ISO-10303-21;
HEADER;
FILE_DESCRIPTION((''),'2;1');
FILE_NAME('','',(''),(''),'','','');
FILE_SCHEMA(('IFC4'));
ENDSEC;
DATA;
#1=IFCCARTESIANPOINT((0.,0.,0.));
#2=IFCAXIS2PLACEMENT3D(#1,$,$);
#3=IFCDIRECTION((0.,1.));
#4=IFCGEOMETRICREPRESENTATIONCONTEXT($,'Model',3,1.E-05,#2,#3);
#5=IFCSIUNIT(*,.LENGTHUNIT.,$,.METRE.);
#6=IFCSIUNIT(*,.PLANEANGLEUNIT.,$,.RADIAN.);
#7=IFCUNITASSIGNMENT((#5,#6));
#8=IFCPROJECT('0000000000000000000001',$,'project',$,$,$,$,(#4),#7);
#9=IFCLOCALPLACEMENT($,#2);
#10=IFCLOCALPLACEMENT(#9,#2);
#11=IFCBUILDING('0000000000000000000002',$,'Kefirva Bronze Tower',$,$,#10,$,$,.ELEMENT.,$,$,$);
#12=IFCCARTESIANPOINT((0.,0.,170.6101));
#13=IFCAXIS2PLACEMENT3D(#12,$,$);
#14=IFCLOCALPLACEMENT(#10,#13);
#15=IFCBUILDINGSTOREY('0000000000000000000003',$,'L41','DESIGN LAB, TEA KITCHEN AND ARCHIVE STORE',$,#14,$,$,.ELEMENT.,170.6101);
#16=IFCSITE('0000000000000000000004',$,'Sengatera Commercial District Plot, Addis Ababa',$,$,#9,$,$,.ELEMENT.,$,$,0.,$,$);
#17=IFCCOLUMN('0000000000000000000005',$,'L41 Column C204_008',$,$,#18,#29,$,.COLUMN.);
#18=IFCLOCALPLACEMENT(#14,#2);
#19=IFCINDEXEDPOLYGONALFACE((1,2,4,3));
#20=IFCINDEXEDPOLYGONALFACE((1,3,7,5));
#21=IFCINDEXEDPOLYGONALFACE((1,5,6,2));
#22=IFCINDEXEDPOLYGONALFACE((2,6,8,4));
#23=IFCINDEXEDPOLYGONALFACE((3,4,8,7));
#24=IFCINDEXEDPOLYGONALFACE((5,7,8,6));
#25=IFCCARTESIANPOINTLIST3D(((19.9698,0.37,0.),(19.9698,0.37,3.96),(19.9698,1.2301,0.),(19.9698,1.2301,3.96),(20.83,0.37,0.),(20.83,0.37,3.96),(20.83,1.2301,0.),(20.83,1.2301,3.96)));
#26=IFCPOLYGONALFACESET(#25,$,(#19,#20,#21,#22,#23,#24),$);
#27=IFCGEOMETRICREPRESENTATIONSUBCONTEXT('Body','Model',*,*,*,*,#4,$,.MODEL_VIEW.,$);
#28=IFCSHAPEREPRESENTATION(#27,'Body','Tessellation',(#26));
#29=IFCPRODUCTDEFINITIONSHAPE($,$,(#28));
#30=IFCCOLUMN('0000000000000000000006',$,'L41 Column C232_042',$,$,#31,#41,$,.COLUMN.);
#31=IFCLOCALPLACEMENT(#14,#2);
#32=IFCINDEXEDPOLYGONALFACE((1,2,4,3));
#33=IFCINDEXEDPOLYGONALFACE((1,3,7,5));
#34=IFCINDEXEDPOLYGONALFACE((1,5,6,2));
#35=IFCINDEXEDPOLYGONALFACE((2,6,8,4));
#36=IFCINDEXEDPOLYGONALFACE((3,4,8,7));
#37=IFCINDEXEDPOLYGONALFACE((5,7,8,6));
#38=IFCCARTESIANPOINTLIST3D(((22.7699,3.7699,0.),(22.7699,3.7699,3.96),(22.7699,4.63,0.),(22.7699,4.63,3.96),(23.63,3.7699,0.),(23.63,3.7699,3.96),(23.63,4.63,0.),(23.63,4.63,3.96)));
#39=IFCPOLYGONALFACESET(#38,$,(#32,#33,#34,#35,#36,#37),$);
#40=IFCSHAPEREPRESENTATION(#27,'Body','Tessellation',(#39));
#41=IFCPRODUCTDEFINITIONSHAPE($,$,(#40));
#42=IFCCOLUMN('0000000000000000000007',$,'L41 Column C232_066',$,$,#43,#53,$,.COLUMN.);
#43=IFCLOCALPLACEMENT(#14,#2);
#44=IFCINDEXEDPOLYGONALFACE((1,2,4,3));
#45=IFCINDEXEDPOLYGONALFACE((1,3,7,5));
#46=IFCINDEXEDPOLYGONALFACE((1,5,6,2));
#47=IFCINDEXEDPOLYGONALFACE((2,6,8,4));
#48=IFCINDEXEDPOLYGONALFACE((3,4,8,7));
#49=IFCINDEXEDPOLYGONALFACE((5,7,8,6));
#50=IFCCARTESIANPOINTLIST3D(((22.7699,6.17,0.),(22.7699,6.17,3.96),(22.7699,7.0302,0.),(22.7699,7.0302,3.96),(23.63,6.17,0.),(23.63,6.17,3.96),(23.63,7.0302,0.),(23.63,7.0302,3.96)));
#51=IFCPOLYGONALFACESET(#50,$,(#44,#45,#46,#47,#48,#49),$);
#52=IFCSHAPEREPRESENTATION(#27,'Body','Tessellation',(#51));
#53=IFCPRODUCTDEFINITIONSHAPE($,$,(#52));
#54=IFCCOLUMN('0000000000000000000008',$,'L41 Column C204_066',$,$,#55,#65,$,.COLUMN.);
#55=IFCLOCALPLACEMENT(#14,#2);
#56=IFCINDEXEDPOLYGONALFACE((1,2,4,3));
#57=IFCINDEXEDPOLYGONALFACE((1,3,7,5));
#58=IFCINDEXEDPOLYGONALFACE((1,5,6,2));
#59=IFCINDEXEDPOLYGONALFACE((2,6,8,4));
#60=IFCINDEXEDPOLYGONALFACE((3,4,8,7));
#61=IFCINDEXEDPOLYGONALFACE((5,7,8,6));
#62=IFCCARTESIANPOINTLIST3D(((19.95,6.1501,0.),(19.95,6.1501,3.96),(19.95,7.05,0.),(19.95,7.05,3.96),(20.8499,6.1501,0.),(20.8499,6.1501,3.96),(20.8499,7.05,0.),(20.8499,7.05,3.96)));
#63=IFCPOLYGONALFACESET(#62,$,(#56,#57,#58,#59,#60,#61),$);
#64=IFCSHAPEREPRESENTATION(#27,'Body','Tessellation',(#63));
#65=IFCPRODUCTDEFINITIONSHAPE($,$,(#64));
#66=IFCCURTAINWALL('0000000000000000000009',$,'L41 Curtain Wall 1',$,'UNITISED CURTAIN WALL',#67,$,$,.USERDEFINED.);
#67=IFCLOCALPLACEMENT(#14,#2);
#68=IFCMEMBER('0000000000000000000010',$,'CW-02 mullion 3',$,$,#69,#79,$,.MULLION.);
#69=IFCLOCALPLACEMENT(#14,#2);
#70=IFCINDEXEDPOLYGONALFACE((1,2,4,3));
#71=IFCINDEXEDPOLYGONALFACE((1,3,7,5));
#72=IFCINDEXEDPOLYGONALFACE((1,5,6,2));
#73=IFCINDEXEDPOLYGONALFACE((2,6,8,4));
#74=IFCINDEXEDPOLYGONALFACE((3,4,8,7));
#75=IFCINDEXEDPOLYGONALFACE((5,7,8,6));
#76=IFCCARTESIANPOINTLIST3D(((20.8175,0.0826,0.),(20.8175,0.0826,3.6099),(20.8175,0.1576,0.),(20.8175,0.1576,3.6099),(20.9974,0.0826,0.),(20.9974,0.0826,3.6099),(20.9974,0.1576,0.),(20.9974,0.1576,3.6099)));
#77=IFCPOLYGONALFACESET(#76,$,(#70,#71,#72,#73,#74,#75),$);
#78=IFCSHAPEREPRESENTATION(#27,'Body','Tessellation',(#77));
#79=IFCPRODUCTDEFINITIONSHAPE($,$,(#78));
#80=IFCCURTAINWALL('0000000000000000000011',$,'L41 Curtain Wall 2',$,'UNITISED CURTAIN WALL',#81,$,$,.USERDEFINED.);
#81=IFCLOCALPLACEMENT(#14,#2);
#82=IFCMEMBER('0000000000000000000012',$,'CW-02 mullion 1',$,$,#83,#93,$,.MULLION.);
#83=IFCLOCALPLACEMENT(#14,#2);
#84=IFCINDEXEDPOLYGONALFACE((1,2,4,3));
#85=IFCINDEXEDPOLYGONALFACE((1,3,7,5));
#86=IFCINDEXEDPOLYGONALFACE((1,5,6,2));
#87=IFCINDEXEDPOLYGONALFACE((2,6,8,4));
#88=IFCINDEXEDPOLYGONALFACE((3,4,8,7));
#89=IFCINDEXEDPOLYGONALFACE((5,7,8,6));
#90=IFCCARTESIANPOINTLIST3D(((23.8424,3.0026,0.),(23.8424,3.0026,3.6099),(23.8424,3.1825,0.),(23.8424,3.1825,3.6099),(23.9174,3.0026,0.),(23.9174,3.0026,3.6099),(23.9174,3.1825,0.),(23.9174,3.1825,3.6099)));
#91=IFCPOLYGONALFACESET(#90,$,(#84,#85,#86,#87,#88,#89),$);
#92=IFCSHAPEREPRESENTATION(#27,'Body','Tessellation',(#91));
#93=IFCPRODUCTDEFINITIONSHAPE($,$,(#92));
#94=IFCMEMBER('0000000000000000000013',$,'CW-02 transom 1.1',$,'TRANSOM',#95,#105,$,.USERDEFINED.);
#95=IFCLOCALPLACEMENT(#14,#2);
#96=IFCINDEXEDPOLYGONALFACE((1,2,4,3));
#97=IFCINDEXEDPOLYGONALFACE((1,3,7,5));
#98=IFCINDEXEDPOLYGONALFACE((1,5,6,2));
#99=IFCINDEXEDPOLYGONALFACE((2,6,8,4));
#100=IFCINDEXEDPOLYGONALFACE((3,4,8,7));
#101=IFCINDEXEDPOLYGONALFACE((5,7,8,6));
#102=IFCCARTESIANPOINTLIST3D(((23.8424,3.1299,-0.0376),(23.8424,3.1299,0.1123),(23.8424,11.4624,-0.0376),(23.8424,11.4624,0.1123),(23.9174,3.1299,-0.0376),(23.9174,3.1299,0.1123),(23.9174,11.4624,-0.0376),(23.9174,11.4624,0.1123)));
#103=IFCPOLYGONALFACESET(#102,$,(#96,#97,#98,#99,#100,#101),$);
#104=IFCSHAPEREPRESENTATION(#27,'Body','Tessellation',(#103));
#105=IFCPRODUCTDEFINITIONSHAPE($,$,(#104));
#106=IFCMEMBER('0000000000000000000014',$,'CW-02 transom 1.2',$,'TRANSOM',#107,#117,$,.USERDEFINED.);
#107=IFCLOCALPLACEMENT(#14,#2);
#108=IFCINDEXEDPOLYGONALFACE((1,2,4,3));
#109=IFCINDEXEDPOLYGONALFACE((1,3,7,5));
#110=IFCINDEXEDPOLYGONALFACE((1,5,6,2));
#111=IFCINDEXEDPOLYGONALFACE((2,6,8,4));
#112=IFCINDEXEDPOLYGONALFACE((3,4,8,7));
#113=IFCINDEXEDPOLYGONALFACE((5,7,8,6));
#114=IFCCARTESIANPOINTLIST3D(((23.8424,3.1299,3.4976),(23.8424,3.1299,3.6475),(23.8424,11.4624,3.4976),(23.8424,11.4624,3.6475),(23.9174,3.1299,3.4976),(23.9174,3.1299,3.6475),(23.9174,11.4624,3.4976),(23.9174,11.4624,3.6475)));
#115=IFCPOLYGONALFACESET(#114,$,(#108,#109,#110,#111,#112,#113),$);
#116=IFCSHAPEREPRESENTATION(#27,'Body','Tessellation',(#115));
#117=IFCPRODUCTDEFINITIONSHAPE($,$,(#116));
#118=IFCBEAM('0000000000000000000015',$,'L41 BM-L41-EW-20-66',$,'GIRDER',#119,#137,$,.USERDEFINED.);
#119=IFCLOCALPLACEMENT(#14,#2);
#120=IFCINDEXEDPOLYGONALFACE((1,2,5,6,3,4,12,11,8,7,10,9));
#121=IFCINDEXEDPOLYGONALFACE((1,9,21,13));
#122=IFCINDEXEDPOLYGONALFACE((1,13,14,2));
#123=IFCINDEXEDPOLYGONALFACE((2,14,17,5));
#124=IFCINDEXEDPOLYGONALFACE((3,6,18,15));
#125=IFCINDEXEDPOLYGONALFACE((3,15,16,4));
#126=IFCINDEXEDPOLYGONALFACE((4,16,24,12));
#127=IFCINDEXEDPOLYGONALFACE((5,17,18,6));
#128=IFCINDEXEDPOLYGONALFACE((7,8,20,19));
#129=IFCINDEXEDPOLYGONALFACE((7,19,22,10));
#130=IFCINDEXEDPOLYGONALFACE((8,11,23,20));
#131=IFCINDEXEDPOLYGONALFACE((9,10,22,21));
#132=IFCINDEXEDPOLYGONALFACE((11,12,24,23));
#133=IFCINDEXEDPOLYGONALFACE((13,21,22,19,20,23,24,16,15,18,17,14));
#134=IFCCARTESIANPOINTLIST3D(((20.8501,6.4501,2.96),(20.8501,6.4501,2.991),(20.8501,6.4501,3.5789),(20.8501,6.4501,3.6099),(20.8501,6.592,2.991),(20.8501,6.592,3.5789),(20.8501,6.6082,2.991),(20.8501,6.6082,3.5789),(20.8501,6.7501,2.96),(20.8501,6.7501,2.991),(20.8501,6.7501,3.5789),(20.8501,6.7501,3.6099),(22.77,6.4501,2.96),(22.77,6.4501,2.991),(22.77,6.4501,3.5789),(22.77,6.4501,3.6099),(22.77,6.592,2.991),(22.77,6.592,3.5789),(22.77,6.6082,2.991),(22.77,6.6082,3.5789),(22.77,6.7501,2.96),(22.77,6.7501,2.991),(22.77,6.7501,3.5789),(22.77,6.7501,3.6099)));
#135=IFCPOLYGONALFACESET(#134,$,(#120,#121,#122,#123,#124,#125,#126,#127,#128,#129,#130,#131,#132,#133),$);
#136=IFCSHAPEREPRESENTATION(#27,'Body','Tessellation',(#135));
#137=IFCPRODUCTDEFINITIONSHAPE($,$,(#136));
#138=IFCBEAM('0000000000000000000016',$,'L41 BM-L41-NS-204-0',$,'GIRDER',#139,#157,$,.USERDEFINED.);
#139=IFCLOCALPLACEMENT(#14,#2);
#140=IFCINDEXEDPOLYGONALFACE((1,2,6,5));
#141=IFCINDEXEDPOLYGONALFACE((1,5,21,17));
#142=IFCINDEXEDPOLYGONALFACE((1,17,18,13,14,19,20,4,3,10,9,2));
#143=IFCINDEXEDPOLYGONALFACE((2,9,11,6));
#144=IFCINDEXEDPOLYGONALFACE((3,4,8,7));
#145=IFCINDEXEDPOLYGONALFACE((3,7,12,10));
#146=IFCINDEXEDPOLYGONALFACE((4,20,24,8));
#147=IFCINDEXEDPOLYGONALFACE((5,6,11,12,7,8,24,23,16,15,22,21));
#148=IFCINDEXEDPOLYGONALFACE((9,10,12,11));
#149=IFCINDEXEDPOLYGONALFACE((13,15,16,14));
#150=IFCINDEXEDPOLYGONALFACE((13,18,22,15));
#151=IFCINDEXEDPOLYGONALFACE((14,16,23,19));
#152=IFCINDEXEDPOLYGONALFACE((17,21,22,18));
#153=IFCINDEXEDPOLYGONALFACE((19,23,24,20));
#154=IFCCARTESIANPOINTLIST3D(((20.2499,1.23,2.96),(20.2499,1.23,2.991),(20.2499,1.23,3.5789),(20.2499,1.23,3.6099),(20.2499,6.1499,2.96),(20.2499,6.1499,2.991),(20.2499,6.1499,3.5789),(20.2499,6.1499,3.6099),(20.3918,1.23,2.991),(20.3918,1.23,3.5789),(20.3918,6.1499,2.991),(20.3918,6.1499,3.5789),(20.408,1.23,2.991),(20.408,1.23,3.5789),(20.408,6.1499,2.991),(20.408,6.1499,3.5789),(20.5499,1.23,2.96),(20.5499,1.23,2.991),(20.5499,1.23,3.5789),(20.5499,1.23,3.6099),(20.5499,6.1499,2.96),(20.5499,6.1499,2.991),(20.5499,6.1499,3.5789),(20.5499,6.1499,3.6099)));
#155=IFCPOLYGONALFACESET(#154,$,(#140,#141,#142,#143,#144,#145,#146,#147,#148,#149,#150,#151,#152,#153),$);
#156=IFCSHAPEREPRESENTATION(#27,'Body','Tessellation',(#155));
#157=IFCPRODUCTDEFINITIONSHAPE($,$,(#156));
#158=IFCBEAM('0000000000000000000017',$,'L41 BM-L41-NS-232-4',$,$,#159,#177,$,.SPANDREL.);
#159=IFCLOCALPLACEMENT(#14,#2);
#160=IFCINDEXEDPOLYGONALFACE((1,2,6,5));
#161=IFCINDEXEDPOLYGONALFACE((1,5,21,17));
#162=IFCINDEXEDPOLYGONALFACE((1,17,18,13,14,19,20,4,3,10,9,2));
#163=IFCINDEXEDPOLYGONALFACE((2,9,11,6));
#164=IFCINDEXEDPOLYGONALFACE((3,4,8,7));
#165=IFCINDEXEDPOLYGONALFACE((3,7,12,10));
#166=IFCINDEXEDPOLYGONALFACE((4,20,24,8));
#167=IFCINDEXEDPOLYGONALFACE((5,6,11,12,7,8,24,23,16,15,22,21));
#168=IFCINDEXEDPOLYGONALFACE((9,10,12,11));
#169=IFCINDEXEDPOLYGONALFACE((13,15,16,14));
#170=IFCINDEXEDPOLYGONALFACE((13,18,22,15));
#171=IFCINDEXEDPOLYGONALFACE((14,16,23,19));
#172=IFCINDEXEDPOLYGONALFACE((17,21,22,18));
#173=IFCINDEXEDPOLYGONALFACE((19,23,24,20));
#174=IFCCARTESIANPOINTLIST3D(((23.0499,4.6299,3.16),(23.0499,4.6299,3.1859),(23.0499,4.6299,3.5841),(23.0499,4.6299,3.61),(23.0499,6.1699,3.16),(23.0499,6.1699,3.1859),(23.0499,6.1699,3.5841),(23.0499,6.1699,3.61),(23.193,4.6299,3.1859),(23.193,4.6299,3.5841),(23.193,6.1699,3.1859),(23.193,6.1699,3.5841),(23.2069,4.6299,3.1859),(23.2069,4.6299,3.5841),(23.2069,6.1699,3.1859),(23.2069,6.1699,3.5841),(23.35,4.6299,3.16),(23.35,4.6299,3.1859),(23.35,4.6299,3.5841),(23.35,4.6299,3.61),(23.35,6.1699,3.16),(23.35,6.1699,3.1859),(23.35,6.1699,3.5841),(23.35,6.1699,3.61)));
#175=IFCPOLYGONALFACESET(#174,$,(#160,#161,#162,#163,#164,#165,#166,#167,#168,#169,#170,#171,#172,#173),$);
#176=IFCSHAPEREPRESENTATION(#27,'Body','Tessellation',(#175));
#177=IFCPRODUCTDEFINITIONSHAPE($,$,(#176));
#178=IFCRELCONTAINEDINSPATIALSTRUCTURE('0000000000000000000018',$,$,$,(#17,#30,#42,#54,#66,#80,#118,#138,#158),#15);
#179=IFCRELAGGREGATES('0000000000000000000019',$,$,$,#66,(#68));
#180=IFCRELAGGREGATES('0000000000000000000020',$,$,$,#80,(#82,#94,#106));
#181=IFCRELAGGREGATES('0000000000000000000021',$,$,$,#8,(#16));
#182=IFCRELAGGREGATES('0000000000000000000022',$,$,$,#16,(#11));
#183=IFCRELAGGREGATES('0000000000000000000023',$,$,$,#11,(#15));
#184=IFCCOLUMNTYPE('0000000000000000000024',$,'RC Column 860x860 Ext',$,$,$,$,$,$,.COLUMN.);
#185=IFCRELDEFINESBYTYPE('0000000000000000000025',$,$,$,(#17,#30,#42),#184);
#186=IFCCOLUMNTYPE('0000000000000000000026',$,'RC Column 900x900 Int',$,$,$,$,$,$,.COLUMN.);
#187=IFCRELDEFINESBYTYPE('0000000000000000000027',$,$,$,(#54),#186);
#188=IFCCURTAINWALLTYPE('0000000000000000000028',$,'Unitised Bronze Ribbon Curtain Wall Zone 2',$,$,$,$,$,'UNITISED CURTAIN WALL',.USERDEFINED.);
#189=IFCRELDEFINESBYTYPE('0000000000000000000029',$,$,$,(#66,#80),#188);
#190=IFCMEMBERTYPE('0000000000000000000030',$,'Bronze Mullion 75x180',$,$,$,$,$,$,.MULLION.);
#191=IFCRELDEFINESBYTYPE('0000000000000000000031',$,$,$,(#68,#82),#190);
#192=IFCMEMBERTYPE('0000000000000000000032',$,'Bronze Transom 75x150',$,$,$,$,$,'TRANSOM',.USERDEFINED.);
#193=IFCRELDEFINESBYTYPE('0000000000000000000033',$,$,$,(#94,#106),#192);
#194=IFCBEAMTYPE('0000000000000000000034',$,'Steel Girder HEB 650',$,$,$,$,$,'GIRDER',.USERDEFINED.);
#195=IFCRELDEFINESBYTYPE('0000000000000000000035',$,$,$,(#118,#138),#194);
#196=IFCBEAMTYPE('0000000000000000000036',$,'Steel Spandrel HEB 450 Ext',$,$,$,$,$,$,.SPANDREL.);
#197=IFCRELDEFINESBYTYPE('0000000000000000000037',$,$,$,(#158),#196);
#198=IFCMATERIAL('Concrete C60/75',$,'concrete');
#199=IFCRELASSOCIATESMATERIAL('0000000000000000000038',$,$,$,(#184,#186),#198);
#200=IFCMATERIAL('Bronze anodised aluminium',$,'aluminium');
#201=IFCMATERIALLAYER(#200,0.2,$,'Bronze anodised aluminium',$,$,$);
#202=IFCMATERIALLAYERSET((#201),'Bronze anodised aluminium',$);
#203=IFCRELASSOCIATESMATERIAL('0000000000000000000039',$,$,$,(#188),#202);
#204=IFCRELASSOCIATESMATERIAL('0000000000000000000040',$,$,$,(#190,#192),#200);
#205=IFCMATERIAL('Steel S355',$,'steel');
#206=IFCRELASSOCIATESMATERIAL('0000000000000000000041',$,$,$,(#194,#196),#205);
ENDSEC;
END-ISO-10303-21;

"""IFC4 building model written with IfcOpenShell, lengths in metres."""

from ifc_helpers import new_model, si_unit, direction, frame, origin, origin_2d, place, context, subcontext, project, spatial, rectangle, i_section, extrude, material, layer, layer_set, material_profile, profile_set, type_object, element, aggregate, save


model = new_model("IFC4")

# Units and contexts
model_context = context("Model", 3, precision=1e-05, world=origin(), true_north=direction((0.0, 1.0)))
body_context = subcontext(model_context, "Body", "Model", "MODEL_VIEW")
ifc_project = project(units=[si_unit("LENGTHUNIT", "METRE"), si_unit("PLANEANGLEUNIT", "RADIAN")], contexts=[model_context])

# Site, building, storey
site_placement = place(None, origin())
site = spatial("IfcSite", under=ifc_project, at=site_placement, Name="Sengatera Commercial District Plot, Addis Ababa", CompositionType="ELEMENT", RefElevation=0.0)
building_placement = place(site_placement, origin())
building = spatial("IfcBuilding", under=site, at=building_placement, Name="Kefirva Bronze Tower", CompositionType="ELEMENT")
storey_placement = place(building_placement, frame((0.0, 0.0, 170.6101)))
storey = spatial("IfcBuildingStorey", under=building, at=storey_placement, Name="L41", Description="DESIGN LAB, TEA KITCHEN AND ARCHIVE STORE", CompositionType="ELEMENT", Elevation=170.6101)

# Columns
ifc_material_1 = material(Name="Concrete C60/75", Category="concrete")
ifc_material_profile_1 = material_profile(ifc_material_1, rectangle(XDim=0.8601, YDim=0.8601, at=origin_2d()), Name="RC 860x860")
ifc_profile_set_1 = profile_set([ifc_material_profile_1], Name="Concrete C60/75")
column_type_1 = type_object("IfcColumnType", Name="RC Column 860x860 Ext", PredefinedType="COLUMN", material=ifc_profile_set_1)
for number, where, z_axis, x_axis, name in (
    (1, (20.3999, 0.8, 0.0), (0.0, 0.0, 1.0), (1.0, 0.0, 0.0), "L41 Column C204_008"),
    (2, (23.2, 4.2, 0.0), (0.0, 0.0, 1.0), (1.0, 0.0, 0.0), "L41 Column C232_042"),
    (3, (23.2, 6.6001, 0.0), (0.0, 0.0, 1.0), (1.0, 0.0, 0.0), "L41 Column C232_066"),
):
    element("IfcColumn", number, at=place(storey_placement, frame(where, z_axis=z_axis, x_axis=x_axis)), inside=storey, type_object=column_type_1, Name=name, PredefinedType="COLUMN", context=body_context, shape_type="SweptSolid", body=[
        extrude(rectangle(XDim=0.8601, YDim=0.8601, at=origin_2d()), origin(), (0.0, 0.0, 1.0), 3.96),
    ])
ifc_material_profile_2 = material_profile(ifc_material_1, rectangle(XDim=0.8999, YDim=0.8999, at=origin_2d()), Name="RC 900x900")
ifc_profile_set_2 = profile_set([ifc_material_profile_2], Name="Concrete C60/75")
column_type_2 = type_object("IfcColumnType", Name="RC Column 900x900 Int", PredefinedType="COLUMN", material=ifc_profile_set_2)
column_placement = place(storey_placement, frame((20.3999, 6.6001, 0.0), z_axis=(0.0, 0.0, 1.0), x_axis=(1.0, 0.0, 0.0)))
element("IfcColumn", 4, at=column_placement, inside=storey, type_object=column_type_2, Name="L41 Column C204_066", PredefinedType="COLUMN", context=body_context, shape_type="SweptSolid", body=[
    extrude(rectangle(XDim=0.8999, YDim=0.8999, at=origin_2d()), origin(), (0.0, 0.0, 1.0), 3.96),
])

# Curtain wall, member
ifc_material_2 = material(Name="Bronze anodised aluminium", Category="aluminium")
ifc_layer_1 = layer(ifc_material_2, 0.2, Name="Bronze anodised aluminium")
ifc_layer_set_1 = layer_set([ifc_layer_1], Name="Bronze anodised aluminium")
curtain_wall_type = type_object("IfcCurtainWallType", Name="Unitised Bronze Ribbon Curtain Wall Zone 2", ElementType="UNITISED CURTAIN WALL", PredefinedType="USERDEFINED", material=ifc_layer_set_1)
curtain_wall_1_placement = place(storey_placement, origin())
curtain_wall_1 = element("IfcCurtainWall", 5, at=curtain_wall_1_placement, inside=storey, type_object=curtain_wall_type, Name="L41 Curtain Wall 1", ObjectType="UNITISED CURTAIN WALL", PredefinedType="USERDEFINED")
ifc_material_profile_3 = material_profile(ifc_material_2, rectangle(XDim=0.075, YDim=0.1799, at=origin_2d()), Name="ALU 75x180")
ifc_profile_set_3 = profile_set([ifc_material_profile_3], Name="Bronze anodised aluminium")
member_type_1 = type_object("IfcMemberType", Name="Bronze Mullion 75x180", PredefinedType="MULLION", material=ifc_profile_set_3)
member_1_placement = place(storey_placement, frame((20.9075, 0.1201, 0.0), z_axis=(0.0, 0.0, 1.0), x_axis=(0.0, 1.0, 0.0)))
member_1 = element("IfcMember", 6, at=member_1_placement, type_object=member_type_1, Name="CW-02 mullion 3", PredefinedType="MULLION", context=body_context, shape_type="SweptSolid", body=[
    extrude(rectangle(XDim=0.075, YDim=0.1799, at=origin_2d()), origin(), (0.0, 0.0, 1.0), 3.6099),
])
aggregate(curtain_wall_1, [member_1])

# Curtain wall, members
curtain_wall_2_placement = place(storey_placement, origin())
curtain_wall_2 = element("IfcCurtainWall", 7, at=curtain_wall_2_placement, inside=storey, type_object=curtain_wall_type, Name="L41 Curtain Wall 2", ObjectType="UNITISED CURTAIN WALL", PredefinedType="USERDEFINED")
member_2_placement = place(storey_placement, frame((23.8799, 3.0925, 0.0), z_axis=(0.0, 0.0, 1.0), x_axis=(-1.0, 0.0, 0.0)))
member_2 = element("IfcMember", 8, at=member_2_placement, type_object=member_type_1, Name="CW-02 mullion 1", PredefinedType="MULLION", context=body_context, shape_type="SweptSolid", body=[
    extrude(rectangle(XDim=0.075, YDim=0.1799, at=origin_2d()), origin(), (0.0, 0.0, 1.0), 3.6099),
])
ifc_material_profile_4 = material_profile(ifc_material_2, rectangle(XDim=0.075, YDim=0.1499, at=origin_2d()), Name="ALU 75x150")
ifc_profile_set_4 = profile_set([ifc_material_profile_4], Name="Bronze anodised aluminium")
member_type_2 = type_object("IfcMemberType", Name="Bronze Transom 75x150", ElementType="TRANSOM", PredefinedType="USERDEFINED", material=ifc_profile_set_4)
member_3_placement = place(storey_placement, frame((23.8799, 3.1299, 0.0374), z_axis=(0.0, 1.0, 0.0), x_axis=(-1.0, 0.0, 0.0)))
member_3 = element("IfcMember", 9, at=member_3_placement, type_object=member_type_2, Name="CW-02 transom 1.1", ObjectType="TRANSOM", PredefinedType="USERDEFINED", context=body_context, shape_type="SweptSolid", body=[
    extrude(rectangle(XDim=0.075, YDim=0.1499, at=origin_2d()), origin(), (0.0, 0.0, 1.0), 8.3325),
])
member_4_placement = place(storey_placement, frame((23.8799, 3.1299, 3.5725), z_axis=(0.0, 1.0, 0.0), x_axis=(-1.0, 0.0, 0.0)))
member_4 = element("IfcMember", 10, at=member_4_placement, type_object=member_type_2, Name="CW-02 transom 1.2", ObjectType="TRANSOM", PredefinedType="USERDEFINED", context=body_context, shape_type="SweptSolid", body=[
    extrude(rectangle(XDim=0.075, YDim=0.1499, at=origin_2d()), origin(), (0.0, 0.0, 1.0), 8.3325),
])

# Beams
ifc_material_3 = material(Name="Steel S355", Category="steel")
ifc_material_profile_5 = material_profile(ifc_material_3, i_section(OverallWidth=0.3, OverallDepth=0.6499, WebThickness=0.0161, FlangeThickness=0.031, at=origin_2d()), Name="HEB 650")
ifc_profile_set_5 = profile_set([ifc_material_profile_5], Name="Steel S355")
beam_type_1 = type_object("IfcBeamType", Name="Steel Girder HEB 650", ElementType="GIRDER", PredefinedType="USERDEFINED", material=ifc_profile_set_5)
beam_1_placement = place(storey_placement, frame((20.8501, 6.6001, 3.2849), z_axis=(1.0, 0.0, 0.0), x_axis=(0.0, 1.0, 0.0)))
element("IfcBeam", 11, at=beam_1_placement, inside=storey, type_object=beam_type_1, Name="L41 BM-L41-EW-20-66", ObjectType="GIRDER", PredefinedType="USERDEFINED", context=body_context, shape_type="SweptSolid", body=[
    extrude(i_section(OverallWidth=0.3, OverallDepth=0.6499, WebThickness=0.0161, FlangeThickness=0.031, at=origin_2d()), origin(), (0.0, 0.0, 1.0), 1.9199),
])
beam_2_placement = place(storey_placement, frame((20.3999, 1.23, 3.2849), z_axis=(0.0, 1.0, 0.0), x_axis=(-1.0, 0.0, 0.0)))
element("IfcBeam", 12, at=beam_2_placement, inside=storey, type_object=beam_type_1, Name="L41 BM-L41-NS-204-0", ObjectType="GIRDER", PredefinedType="USERDEFINED", context=body_context, shape_type="SweptSolid", body=[
    extrude(i_section(OverallWidth=0.3, OverallDepth=0.6499, WebThickness=0.0161, FlangeThickness=0.031, at=origin_2d()), origin(), (0.0, 0.0, 1.0), 4.9199),
])
ifc_material_profile_6 = material_profile(ifc_material_3, i_section(OverallWidth=0.3, OverallDepth=0.45, WebThickness=0.0139, FlangeThickness=0.0259, at=origin_2d()), Name="HEB 450")
ifc_profile_set_6 = profile_set([ifc_material_profile_6], Name="Steel S355")
beam_type_2 = type_object("IfcBeamType", Name="Steel Spandrel HEB 450 Ext", PredefinedType="SPANDREL", material=ifc_profile_set_6)
beam_3_placement = place(storey_placement, frame((23.2, 4.6299, 3.385), z_axis=(0.0, 1.0, 0.0), x_axis=(-1.0, 0.0, 0.0)))
element("IfcBeam", 13, at=beam_3_placement, inside=storey, type_object=beam_type_2, Name="L41 BM-L41-NS-232-4", PredefinedType="SPANDREL", context=body_context, shape_type="SweptSolid", body=[
    extrude(i_section(OverallWidth=0.3, OverallDepth=0.45, WebThickness=0.0139, FlangeThickness=0.0259, at=origin_2d()), origin(), (0.0, 0.0, 1.0), 1.54),
])

aggregate(curtain_wall_2, [member_2, member_3, member_4])

save(model, "model.ifc")
